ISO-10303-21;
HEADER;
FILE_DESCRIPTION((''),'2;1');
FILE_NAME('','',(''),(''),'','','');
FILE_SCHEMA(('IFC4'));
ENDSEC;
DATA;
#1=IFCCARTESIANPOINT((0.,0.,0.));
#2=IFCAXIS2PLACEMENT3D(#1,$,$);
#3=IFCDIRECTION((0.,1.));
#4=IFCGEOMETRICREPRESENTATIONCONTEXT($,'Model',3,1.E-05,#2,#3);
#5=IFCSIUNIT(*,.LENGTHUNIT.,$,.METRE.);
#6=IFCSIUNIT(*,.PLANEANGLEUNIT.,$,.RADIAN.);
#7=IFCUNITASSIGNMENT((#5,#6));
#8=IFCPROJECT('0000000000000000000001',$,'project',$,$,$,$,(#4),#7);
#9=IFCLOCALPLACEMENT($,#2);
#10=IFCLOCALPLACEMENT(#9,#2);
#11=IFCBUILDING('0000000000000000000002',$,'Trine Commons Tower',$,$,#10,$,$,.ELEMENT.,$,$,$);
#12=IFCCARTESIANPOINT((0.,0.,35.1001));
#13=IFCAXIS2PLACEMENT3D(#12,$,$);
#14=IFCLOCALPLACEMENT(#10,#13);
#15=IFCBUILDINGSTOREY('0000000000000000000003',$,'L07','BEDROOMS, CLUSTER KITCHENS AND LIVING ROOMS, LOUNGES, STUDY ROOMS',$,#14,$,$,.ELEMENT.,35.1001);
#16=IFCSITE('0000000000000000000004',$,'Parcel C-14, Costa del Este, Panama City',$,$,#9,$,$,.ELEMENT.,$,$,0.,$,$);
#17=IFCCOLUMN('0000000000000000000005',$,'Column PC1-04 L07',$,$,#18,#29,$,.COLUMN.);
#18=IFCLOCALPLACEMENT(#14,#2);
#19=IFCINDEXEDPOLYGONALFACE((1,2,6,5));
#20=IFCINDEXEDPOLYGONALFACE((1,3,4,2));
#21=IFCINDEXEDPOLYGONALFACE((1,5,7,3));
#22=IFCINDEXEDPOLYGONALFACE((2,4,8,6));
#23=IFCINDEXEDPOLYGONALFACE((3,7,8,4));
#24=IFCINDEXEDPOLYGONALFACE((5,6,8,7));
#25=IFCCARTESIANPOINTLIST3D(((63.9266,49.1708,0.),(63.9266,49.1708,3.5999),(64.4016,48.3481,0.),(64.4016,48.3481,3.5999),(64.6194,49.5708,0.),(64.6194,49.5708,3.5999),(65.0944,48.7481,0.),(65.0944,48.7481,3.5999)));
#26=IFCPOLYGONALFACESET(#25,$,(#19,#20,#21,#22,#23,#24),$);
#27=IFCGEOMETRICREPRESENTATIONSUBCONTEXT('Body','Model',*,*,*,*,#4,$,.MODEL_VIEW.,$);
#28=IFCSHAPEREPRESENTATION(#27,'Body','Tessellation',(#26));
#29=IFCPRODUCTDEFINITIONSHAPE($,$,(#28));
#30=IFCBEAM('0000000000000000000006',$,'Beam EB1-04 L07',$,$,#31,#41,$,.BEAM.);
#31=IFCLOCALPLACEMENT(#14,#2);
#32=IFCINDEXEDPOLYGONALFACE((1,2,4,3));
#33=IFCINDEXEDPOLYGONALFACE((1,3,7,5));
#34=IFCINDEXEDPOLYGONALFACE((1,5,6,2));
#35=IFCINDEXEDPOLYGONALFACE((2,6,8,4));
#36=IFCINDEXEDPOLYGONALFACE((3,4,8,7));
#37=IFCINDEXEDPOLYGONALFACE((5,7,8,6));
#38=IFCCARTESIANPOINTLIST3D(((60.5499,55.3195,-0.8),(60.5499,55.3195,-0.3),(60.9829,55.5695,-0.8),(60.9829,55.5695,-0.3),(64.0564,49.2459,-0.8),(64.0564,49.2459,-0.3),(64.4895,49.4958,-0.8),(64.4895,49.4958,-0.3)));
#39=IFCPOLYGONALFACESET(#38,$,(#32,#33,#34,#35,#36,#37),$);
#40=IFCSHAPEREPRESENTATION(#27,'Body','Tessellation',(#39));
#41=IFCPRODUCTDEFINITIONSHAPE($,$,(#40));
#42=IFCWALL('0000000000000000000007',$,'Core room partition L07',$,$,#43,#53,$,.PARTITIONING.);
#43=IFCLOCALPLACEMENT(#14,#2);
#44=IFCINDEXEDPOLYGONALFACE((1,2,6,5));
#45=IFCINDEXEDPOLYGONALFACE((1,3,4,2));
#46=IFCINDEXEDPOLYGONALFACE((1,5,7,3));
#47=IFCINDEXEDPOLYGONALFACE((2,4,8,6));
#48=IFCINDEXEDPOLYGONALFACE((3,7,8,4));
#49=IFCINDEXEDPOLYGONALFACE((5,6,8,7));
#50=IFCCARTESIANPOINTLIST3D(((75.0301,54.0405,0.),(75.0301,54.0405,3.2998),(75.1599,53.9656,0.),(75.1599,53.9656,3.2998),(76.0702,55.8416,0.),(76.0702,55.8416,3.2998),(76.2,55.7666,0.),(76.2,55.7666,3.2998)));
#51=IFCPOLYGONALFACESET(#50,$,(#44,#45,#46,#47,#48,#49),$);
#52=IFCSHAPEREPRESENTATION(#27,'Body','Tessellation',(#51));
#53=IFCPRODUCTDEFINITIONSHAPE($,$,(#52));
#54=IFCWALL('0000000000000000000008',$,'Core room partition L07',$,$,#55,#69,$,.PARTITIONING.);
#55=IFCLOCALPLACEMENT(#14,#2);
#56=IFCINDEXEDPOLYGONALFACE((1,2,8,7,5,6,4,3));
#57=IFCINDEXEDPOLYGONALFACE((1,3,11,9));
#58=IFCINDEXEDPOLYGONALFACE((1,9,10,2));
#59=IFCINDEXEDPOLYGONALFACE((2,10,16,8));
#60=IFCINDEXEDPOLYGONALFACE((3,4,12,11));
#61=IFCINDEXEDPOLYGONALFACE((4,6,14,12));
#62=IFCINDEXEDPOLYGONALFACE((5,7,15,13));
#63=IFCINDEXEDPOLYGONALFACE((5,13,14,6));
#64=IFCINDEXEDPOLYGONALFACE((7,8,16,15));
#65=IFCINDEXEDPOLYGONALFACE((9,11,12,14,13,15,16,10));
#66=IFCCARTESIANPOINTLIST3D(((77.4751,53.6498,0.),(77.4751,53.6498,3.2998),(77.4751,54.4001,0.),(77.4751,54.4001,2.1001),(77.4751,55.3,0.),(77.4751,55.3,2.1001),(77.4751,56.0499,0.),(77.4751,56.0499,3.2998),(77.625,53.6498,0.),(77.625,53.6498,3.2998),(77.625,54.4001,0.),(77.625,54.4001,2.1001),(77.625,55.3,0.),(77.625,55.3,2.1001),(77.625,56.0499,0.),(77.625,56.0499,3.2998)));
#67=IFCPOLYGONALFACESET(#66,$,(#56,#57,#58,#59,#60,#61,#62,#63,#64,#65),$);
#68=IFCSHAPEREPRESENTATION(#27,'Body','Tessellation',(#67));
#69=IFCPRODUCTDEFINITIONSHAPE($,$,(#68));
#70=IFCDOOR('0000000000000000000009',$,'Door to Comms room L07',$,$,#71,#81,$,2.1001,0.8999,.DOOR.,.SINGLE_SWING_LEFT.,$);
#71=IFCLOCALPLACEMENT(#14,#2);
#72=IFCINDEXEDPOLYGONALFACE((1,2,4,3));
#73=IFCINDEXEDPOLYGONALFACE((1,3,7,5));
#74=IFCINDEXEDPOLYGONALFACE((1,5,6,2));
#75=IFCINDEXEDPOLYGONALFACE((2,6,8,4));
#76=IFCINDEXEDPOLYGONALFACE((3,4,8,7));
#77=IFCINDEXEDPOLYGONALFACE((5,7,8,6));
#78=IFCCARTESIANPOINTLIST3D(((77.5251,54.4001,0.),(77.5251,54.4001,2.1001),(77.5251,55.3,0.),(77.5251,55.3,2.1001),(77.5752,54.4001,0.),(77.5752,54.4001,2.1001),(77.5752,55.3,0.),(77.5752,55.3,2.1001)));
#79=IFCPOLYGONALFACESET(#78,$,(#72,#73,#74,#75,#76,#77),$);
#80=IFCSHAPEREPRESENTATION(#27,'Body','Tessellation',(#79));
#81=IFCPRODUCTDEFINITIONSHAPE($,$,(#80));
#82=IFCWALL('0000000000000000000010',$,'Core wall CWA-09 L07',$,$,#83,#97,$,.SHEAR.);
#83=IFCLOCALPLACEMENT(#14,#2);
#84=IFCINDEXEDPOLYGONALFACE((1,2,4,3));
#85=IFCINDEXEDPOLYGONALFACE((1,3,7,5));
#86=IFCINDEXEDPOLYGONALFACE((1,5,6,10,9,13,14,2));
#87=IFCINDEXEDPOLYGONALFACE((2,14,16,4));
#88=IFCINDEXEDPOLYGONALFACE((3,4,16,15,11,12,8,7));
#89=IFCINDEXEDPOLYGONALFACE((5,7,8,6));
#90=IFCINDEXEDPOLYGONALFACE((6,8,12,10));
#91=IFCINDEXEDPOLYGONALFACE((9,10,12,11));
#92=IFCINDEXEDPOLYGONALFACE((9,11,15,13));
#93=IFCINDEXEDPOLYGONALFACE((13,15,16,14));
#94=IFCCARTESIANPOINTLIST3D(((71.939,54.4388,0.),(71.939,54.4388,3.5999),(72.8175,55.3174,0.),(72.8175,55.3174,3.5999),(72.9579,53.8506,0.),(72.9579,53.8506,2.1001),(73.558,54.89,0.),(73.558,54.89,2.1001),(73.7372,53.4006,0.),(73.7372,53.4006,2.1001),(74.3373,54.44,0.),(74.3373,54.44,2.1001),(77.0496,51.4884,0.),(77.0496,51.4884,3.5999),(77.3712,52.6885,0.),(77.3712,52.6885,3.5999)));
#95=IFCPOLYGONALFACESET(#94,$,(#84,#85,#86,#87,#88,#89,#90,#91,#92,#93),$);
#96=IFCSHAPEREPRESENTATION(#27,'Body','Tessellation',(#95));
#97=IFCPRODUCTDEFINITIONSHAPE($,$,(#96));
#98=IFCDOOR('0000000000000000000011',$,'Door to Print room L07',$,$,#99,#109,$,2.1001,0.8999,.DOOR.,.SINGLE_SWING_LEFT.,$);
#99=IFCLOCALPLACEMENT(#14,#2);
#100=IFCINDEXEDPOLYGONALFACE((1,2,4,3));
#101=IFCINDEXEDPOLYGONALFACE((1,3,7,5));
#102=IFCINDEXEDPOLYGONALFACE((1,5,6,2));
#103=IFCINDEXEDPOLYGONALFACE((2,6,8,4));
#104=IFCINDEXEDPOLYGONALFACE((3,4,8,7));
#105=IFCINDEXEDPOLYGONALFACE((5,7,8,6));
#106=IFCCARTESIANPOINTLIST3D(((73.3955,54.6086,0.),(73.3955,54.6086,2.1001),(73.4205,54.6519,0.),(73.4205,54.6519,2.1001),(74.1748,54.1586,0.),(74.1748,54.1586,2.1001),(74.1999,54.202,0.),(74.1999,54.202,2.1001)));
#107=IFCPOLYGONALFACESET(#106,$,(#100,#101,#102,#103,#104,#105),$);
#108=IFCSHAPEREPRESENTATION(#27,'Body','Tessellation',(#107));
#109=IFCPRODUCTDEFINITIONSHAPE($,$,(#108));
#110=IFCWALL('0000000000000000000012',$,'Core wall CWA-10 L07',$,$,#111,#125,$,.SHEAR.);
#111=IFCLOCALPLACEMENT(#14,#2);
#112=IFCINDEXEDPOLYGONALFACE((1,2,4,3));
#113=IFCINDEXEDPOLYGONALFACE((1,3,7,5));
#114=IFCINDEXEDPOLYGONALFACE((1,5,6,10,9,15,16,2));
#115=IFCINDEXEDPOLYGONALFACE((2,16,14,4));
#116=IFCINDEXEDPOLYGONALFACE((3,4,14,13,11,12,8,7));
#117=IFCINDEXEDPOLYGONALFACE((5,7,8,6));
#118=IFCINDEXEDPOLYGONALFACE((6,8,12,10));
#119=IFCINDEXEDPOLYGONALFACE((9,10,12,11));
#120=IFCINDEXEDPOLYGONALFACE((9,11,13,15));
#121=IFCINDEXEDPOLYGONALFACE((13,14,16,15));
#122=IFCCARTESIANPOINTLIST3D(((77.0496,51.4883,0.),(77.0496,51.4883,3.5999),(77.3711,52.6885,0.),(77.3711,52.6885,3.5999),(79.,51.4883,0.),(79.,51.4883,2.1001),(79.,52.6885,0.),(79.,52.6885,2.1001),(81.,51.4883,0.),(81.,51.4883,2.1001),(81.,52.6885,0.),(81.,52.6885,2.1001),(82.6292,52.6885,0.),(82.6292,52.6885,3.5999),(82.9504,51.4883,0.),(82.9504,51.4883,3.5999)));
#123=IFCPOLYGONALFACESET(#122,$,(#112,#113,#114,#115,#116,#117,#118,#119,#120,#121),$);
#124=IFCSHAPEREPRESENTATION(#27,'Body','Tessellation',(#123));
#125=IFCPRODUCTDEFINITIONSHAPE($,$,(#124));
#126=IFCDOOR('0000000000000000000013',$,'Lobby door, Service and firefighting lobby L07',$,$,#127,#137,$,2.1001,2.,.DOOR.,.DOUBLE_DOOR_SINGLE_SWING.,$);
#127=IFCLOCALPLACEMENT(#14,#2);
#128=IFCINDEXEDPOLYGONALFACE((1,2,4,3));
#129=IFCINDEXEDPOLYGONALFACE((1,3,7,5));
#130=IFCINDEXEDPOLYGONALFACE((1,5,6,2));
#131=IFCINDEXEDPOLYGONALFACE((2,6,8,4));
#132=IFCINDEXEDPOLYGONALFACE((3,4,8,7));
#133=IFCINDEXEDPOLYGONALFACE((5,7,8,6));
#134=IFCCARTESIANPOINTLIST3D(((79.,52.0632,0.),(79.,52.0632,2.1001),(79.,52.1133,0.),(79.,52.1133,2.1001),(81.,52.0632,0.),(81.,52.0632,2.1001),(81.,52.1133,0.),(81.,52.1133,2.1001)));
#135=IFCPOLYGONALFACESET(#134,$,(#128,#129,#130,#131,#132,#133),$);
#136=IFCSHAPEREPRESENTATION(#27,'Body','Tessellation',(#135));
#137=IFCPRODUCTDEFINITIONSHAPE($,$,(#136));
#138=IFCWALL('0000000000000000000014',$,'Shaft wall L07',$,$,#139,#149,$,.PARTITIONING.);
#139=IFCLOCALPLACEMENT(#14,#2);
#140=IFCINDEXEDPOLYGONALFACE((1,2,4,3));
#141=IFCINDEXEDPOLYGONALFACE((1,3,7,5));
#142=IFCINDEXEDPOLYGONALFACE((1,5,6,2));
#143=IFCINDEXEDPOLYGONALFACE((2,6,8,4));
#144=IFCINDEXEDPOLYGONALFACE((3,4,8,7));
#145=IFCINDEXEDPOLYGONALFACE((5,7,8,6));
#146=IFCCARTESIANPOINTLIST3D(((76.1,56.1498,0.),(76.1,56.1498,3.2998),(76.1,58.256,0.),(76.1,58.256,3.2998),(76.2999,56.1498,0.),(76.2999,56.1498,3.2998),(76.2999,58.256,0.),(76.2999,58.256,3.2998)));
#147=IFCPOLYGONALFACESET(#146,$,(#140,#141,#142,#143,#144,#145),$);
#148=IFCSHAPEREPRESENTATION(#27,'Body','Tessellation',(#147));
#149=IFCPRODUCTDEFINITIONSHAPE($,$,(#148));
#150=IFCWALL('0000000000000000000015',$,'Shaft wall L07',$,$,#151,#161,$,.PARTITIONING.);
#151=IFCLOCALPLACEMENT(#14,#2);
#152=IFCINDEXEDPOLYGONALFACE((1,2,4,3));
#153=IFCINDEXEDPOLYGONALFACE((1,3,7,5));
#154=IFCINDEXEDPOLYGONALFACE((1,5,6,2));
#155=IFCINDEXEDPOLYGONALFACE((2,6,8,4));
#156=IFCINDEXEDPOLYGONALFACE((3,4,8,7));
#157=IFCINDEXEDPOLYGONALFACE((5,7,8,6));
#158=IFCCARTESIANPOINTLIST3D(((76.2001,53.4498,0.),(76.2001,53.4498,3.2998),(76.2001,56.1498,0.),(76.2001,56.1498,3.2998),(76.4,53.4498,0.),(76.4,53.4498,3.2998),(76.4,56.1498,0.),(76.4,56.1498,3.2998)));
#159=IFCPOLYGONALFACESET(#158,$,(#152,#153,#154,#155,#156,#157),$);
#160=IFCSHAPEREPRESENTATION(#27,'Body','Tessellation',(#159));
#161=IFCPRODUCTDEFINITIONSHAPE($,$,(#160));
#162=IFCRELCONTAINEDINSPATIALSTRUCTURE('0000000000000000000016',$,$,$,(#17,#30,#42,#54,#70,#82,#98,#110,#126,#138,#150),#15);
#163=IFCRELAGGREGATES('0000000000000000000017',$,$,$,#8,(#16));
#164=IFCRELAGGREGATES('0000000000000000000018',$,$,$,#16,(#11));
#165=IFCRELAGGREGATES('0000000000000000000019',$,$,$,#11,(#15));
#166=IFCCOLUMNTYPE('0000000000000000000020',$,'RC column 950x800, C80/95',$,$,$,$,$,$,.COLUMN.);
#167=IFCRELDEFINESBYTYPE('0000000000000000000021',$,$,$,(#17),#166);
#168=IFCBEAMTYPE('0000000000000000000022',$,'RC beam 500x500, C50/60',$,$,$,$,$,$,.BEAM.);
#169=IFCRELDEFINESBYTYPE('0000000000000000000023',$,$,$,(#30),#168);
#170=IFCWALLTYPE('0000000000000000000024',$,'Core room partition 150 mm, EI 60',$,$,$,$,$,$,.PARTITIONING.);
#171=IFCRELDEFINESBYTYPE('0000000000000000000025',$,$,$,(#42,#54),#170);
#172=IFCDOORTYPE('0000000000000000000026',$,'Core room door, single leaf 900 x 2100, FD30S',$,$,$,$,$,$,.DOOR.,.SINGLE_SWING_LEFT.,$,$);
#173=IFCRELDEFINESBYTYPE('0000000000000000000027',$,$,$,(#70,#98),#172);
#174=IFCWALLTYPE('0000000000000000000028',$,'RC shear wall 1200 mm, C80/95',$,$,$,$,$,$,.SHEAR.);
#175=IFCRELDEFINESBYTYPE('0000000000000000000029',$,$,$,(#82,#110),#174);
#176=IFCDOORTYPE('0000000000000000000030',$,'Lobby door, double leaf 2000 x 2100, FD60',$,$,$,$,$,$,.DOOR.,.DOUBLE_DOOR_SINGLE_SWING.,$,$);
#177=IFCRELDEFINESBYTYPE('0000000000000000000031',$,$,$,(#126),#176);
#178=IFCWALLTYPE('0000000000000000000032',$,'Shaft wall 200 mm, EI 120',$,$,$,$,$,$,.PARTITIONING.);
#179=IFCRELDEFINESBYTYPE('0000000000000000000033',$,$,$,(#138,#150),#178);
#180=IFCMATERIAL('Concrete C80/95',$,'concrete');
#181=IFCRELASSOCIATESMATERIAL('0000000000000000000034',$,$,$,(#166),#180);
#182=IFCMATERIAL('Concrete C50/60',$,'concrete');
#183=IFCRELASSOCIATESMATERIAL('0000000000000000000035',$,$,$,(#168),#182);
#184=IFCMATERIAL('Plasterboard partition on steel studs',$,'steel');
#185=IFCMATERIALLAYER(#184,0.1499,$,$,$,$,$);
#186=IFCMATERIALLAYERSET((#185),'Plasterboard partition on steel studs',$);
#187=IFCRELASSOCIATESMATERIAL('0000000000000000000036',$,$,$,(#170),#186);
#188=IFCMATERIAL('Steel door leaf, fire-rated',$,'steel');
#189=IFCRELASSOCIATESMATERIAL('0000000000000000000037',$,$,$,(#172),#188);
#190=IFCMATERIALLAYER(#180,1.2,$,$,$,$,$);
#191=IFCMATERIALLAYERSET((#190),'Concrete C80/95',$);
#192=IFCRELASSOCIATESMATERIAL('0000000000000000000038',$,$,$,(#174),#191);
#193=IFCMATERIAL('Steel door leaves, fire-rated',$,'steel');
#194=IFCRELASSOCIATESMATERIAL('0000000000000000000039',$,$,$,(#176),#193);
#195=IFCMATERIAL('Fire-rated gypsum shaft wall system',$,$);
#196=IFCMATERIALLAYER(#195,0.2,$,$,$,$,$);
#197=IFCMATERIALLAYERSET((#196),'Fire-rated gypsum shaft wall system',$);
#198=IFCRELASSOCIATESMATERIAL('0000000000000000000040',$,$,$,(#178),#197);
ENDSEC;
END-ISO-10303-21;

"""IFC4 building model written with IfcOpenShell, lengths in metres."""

from ifc_helpers import new_model, si_unit, direction, frame, frame_2d, origin, origin_2d, place, context, subcontext, project, spatial, polyline, rectangle, outline, extrude, material, layer, layer_set, material_profile, profile_set, type_object, element, fill, save


model = new_model("IFC4")

# Units and contexts
model_context = context("Model", 3, precision=1e-05, world=origin(), true_north=direction((0.0, 1.0)))
body_context = subcontext(model_context, "Body", "Model", "MODEL_VIEW")
ifc_project = project(units=[si_unit("LENGTHUNIT", "METRE"), si_unit("PLANEANGLEUNIT", "RADIAN")], contexts=[model_context])

# Site, building, storey
site_placement = place(None, origin())
site = spatial("IfcSite", under=ifc_project, at=site_placement, Name="Parcel C-14, Costa del Este, Panama City", CompositionType="ELEMENT", RefElevation=0.0)
building_placement = place(site_placement, origin())
building = spatial("IfcBuilding", under=site, at=building_placement, Name="Trine Commons Tower", CompositionType="ELEMENT")
storey_placement = place(building_placement, frame((0.0, 0.0, 35.1001)))
storey = spatial("IfcBuildingStorey", under=building, at=storey_placement, Name="L07", Description="BEDROOMS, CLUSTER KITCHENS AND LIVING ROOMS, LOUNGES, STUDY ROOMS", CompositionType="ELEMENT", Elevation=35.1001)

# Column
ifc_material_1 = material(Name="Concrete C80/95", Category="concrete")
ifc_material_profile_1 = material_profile(ifc_material_1, rectangle(XDim=0.95, YDim=0.8, at=origin_2d()), Name="RC 950x800")
ifc_profile_set_1 = profile_set([ifc_material_profile_1], Name="Concrete C80/95")
column_type = type_object("IfcColumnType", Name="RC column 950x800, C80/95", PredefinedType="COLUMN", material=ifc_profile_set_1)
column_placement = place(storey_placement, frame((64.5105, 48.9595, 0.0), z_axis=(0.0, 0.0, 1.0), x_axis=(-0.5, 0.866025, 0.0)))
element("IfcColumn", 1, at=column_placement, inside=storey, type_object=column_type, Name="Column PC1-04 L07", PredefinedType="COLUMN", context=body_context, shape_type="SweptSolid", body=[
    extrude(rectangle(XDim=0.95, YDim=0.8, at=origin_2d()), origin(), (0.0, 0.0, 1.0), 3.5999),
])

# Beam
ifc_material_2 = material(Name="Concrete C50/60", Category="concrete")
ifc_material_profile_2 = material_profile(ifc_material_2, rectangle(XDim=0.5, YDim=0.5, at=origin_2d()), Name="RC 500x500")
ifc_profile_set_2 = profile_set([ifc_material_profile_2], Name="Concrete C50/60")
beam_type = type_object("IfcBeamType", Name="RC beam 500x500, C50/60", PredefinedType="BEAM", material=ifc_profile_set_2)
beam_placement = place(storey_placement, frame((64.2729, 49.3708, -0.55), z_axis=(-0.499992, 0.86603, 0.0), x_axis=(-0.86603, -0.499992, 0.0)))
element("IfcBeam", 2, at=beam_placement, inside=storey, type_object=beam_type, Name="Beam EB1-04 L07", PredefinedType="BEAM", context=body_context, shape_type="SweptSolid", body=[
    extrude(rectangle(XDim=0.5, YDim=0.5, at=origin_2d()), origin(), (0.0, 0.0, 1.0), 7.0132),
])

# Wall
ifc_material_3 = material(Name="Plasterboard partition on steel studs", Category="steel")
ifc_layer_1 = layer(ifc_material_3, 0.1499)
ifc_layer_set_1 = layer_set([ifc_layer_1], Name="Plasterboard partition on steel studs")
wall_type_1 = type_object("IfcWallType", Name="Core room partition 150 mm, EI 60", PredefinedType="PARTITIONING", material=ifc_layer_set_1)
wall_1_placement = place(storey_placement, frame((75.095, 54.0029, 0.0), z_axis=(0.0, 0.0, 1.0), x_axis=(0.500078, 0.86598, 0.0)))
element("IfcWall", 3, at=wall_1_placement, inside=storey, type_object=wall_type_1, Name="Core room partition L07", PredefinedType="PARTITIONING", context=body_context, shape_type="SweptSolid", body=[
    extrude(rectangle(XDim=2.0798, YDim=0.1499, at=frame_2d((1.04, 0.0))), origin(), (0.0, 0.0, 1.0), 3.2998),
])

# Walls, openings, doors
wall_2_placement = place(storey_placement, frame((77.55, 56.05, 0.0), z_axis=(0.0, 0.0, 1.0), x_axis=(0.0, -1.0, 0.0)))
wall_2 = element("IfcWall", 4, at=wall_2_placement, inside=storey, type_object=wall_type_1, Name="Core room partition L07", PredefinedType="PARTITIONING", context=body_context, shape_type="SweptSolid", body=[
    extrude(rectangle(XDim=2.4001, YDim=0.1499, at=frame_2d((1.2002, 0.0))), origin(), (0.0, 0.0, 1.0), 3.2998),
])
opening_1_placement = place(wall_2_placement, frame((0.75, 0.0, 0.0)))
opening_1 = element("IfcOpeningElement", 5, at=opening_1_placement, cuts=wall_2, PredefinedType="OPENING", context=body_context, shape_type="SweptSolid", body=[
    extrude(rectangle(XDim=0.8999, YDim=2.1001, at=frame_2d((0.45, 1.05))), frame((0.0, 0.085, 0.0), z_axis=(0.0, -1.0, 0.0), x_axis=(1.0, 0.0, 0.0)), (0.0, 0.0, 1.0), 0.1699),
])
ifc_material_4 = material(Name="Steel door leaf, fire-rated", Category="steel")
door_type_1 = type_object("IfcDoorType", Name="Core room door, single leaf 900 x 2100, FD30S", OperationType="SINGLE_SWING_LEFT", PredefinedType="DOOR", material=ifc_material_4)
door_1_placement = place(opening_1_placement, frame((0.8999, 0.0, 0.0), z_axis=(0.0, 0.0, 1.0), x_axis=(-1.0, 0.0, 0.0)))
door_1 = element("IfcDoor", 6, at=door_1_placement, inside=storey, type_object=door_type_1, Name="Door to Comms room L07", OperationType="SINGLE_SWING_LEFT", OverallHeight=2.1001, OverallWidth=0.8999, PredefinedType="DOOR", context=body_context, shape_type="SweptSolid", body=[
    extrude(rectangle(XDim=0.8999, YDim=2.1001, at=frame_2d((0.45, 1.05))), frame((0.0, 0.0249, 0.0), z_axis=(0.0, -1.0, 0.0), x_axis=(1.0, 0.0, 0.0)), (0.0, 0.0, 1.0), 0.05),
])
fill(opening_1, door_1)
ifc_layer_2 = layer(ifc_material_1, 1.2)
ifc_layer_set_2 = layer_set([ifc_layer_2], Name="Concrete C80/95")
wall_type_2 = type_object("IfcWallType", Name="RC shear wall 1200 mm, C80/95", PredefinedType="SHEAR", material=ifc_layer_set_2)
wall_3_placement = place(storey_placement, frame((72.239, 54.9585, 0.0), z_axis=(0.0, 0.0, 1.0), x_axis=(0.866037, -0.499979, 0.0)))
wall_3 = element("IfcWall", 7, at=wall_3_placement, inside=storey, type_object=wall_type_2, Name="Core wall CWA-09 L07", PredefinedType="SHEAR", context=body_context, shape_type="SweptSolid", body=[
    extrude(outline(polyline([(0.0, -0.6001), (5.9011, -0.6001), (5.5796, 0.6001), (0.3215, 0.6001), (0.0, -0.6001)])), origin(), (0.0, 0.0, 1.0), 3.5999),
])
opening_2_placement = place(wall_3_placement, frame((1.1765, 0.0, 0.0)))
opening_2 = element("IfcOpeningElement", 8, at=opening_2_placement, cuts=wall_3, PredefinedType="OPENING", context=body_context, shape_type="SweptSolid", body=[
    extrude(rectangle(XDim=0.8999, YDim=2.1001, at=frame_2d((0.45, 1.05))), frame((0.0, 0.6099, 0.0), z_axis=(0.0, -1.0, 0.0), x_axis=(1.0, 0.0, 0.0)), (0.0, 0.0, 1.0), 1.22),
])
door_2_placement = place(opening_2_placement, origin())
door_2 = element("IfcDoor", 9, at=door_2_placement, inside=storey, type_object=door_type_1, Name="Door to Print room L07", OperationType="SINGLE_SWING_LEFT", OverallHeight=2.1001, OverallWidth=0.8999, PredefinedType="DOOR", context=body_context, shape_type="SweptSolid", body=[
    extrude(rectangle(XDim=0.8999, YDim=2.1001, at=frame_2d((0.45, 1.05))), frame((0.0, 0.3252, 0.0), z_axis=(0.0, -1.0, 0.0), x_axis=(1.0, 0.0, 0.0)), (0.0, 0.0, 1.0), 0.05),
])
fill(opening_2, door_2)
wall_4_placement = place(storey_placement, frame((77.0496, 52.0884, 0.0), z_axis=(0.0, 0.0, 1.0), x_axis=(1.0, 0.0, 0.0)))
wall_4 = element("IfcWall", 10, at=wall_4_placement, inside=storey, type_object=wall_type_2, Name="Core wall CWA-10 L07", PredefinedType="SHEAR", context=body_context, shape_type="SweptSolid", body=[
    extrude(outline(polyline([(0.0, -0.6001), (5.9009, -0.6001), (5.5796, 0.6001), (0.3215, 0.6001), (0.0, -0.6001)])), origin(), (0.0, 0.0, 1.0), 3.5999),
])
opening_3_placement = place(wall_4_placement, frame((1.9504, 0.0, 0.0)))
opening_3 = element("IfcOpeningElement", 11, at=opening_3_placement, cuts=wall_4, PredefinedType="OPENING", context=body_context, shape_type="SweptSolid", body=[
    extrude(rectangle(XDim=2.0, YDim=2.1001, at=frame_2d((1.0, 1.05))), frame((0.0, 0.6099, 0.0), z_axis=(0.0, -1.0, 0.0), x_axis=(1.0, 0.0, 0.0)), (0.0, 0.0, 1.0), 1.22),
])
ifc_material_5 = material(Name="Steel door leaves, fire-rated", Category="steel")
door_type_2 = type_object("IfcDoorType", Name="Lobby door, double leaf 2000 x 2100, FD60", OperationType="DOUBLE_DOOR_SINGLE_SWING", PredefinedType="DOOR", material=ifc_material_5)
door_3_placement = place(opening_3_placement, origin())
door_3 = element("IfcDoor", 12, at=door_3_placement, inside=storey, type_object=door_type_2, Name="Lobby door, Service and firefighting lobby L07", OperationType="DOUBLE_DOOR_SINGLE_SWING", OverallHeight=2.1001, OverallWidth=2.0, PredefinedType="DOOR", context=body_context, shape_type="SweptSolid", body=[
    extrude(rectangle(XDim=2.0, YDim=2.1001, at=frame_2d((1.0, 1.05))), frame((0.0, 0.0249, 0.0), z_axis=(0.0, -1.0, 0.0), x_axis=(1.0, 0.0, 0.0)), (0.0, 0.0, 1.0), 0.05),
])
fill(opening_3, door_3)

# Walls
ifc_material_6 = material(Name="Fire-rated gypsum shaft wall system")
ifc_layer_3 = layer(ifc_material_6, 0.2)
ifc_layer_set_3 = layer_set([ifc_layer_3], Name="Fire-rated gypsum shaft wall system")
wall_type_3 = type_object("IfcWallType", Name="Shaft wall 200 mm, EI 120", PredefinedType="PARTITIONING", material=ifc_layer_set_3)
wall_5_placement = place(storey_placement, frame((76.2, 58.2561, 0.0), z_axis=(0.0, 0.0, 1.0), x_axis=(0.0, -1.0, 0.0)))
element("IfcWall", 13, at=wall_5_placement, inside=storey, type_object=wall_type_3, Name="Shaft wall L07", PredefinedType="PARTITIONING", context=body_context, shape_type="SweptSolid", body=[
    extrude(rectangle(XDim=2.1062, YDim=0.2, at=frame_2d((1.0532, 0.0))), origin(), (0.0, 0.0, 1.0), 3.2998),
])
wall_6_placement = place(storey_placement, frame((76.3, 56.1499, 0.0), z_axis=(0.0, 0.0, 1.0), x_axis=(0.0, -1.0, 0.0)))
element("IfcWall", 14, at=wall_6_placement, inside=storey, type_object=wall_type_3, Name="Shaft wall L07", PredefinedType="PARTITIONING", context=body_context, shape_type="SweptSolid", body=[
    extrude(rectangle(XDim=2.7, YDim=0.2, at=frame_2d((1.3501, 0.0))), origin(), (0.0, 0.0, 1.0), 3.2998),
])

save(model, "model.ifc")
